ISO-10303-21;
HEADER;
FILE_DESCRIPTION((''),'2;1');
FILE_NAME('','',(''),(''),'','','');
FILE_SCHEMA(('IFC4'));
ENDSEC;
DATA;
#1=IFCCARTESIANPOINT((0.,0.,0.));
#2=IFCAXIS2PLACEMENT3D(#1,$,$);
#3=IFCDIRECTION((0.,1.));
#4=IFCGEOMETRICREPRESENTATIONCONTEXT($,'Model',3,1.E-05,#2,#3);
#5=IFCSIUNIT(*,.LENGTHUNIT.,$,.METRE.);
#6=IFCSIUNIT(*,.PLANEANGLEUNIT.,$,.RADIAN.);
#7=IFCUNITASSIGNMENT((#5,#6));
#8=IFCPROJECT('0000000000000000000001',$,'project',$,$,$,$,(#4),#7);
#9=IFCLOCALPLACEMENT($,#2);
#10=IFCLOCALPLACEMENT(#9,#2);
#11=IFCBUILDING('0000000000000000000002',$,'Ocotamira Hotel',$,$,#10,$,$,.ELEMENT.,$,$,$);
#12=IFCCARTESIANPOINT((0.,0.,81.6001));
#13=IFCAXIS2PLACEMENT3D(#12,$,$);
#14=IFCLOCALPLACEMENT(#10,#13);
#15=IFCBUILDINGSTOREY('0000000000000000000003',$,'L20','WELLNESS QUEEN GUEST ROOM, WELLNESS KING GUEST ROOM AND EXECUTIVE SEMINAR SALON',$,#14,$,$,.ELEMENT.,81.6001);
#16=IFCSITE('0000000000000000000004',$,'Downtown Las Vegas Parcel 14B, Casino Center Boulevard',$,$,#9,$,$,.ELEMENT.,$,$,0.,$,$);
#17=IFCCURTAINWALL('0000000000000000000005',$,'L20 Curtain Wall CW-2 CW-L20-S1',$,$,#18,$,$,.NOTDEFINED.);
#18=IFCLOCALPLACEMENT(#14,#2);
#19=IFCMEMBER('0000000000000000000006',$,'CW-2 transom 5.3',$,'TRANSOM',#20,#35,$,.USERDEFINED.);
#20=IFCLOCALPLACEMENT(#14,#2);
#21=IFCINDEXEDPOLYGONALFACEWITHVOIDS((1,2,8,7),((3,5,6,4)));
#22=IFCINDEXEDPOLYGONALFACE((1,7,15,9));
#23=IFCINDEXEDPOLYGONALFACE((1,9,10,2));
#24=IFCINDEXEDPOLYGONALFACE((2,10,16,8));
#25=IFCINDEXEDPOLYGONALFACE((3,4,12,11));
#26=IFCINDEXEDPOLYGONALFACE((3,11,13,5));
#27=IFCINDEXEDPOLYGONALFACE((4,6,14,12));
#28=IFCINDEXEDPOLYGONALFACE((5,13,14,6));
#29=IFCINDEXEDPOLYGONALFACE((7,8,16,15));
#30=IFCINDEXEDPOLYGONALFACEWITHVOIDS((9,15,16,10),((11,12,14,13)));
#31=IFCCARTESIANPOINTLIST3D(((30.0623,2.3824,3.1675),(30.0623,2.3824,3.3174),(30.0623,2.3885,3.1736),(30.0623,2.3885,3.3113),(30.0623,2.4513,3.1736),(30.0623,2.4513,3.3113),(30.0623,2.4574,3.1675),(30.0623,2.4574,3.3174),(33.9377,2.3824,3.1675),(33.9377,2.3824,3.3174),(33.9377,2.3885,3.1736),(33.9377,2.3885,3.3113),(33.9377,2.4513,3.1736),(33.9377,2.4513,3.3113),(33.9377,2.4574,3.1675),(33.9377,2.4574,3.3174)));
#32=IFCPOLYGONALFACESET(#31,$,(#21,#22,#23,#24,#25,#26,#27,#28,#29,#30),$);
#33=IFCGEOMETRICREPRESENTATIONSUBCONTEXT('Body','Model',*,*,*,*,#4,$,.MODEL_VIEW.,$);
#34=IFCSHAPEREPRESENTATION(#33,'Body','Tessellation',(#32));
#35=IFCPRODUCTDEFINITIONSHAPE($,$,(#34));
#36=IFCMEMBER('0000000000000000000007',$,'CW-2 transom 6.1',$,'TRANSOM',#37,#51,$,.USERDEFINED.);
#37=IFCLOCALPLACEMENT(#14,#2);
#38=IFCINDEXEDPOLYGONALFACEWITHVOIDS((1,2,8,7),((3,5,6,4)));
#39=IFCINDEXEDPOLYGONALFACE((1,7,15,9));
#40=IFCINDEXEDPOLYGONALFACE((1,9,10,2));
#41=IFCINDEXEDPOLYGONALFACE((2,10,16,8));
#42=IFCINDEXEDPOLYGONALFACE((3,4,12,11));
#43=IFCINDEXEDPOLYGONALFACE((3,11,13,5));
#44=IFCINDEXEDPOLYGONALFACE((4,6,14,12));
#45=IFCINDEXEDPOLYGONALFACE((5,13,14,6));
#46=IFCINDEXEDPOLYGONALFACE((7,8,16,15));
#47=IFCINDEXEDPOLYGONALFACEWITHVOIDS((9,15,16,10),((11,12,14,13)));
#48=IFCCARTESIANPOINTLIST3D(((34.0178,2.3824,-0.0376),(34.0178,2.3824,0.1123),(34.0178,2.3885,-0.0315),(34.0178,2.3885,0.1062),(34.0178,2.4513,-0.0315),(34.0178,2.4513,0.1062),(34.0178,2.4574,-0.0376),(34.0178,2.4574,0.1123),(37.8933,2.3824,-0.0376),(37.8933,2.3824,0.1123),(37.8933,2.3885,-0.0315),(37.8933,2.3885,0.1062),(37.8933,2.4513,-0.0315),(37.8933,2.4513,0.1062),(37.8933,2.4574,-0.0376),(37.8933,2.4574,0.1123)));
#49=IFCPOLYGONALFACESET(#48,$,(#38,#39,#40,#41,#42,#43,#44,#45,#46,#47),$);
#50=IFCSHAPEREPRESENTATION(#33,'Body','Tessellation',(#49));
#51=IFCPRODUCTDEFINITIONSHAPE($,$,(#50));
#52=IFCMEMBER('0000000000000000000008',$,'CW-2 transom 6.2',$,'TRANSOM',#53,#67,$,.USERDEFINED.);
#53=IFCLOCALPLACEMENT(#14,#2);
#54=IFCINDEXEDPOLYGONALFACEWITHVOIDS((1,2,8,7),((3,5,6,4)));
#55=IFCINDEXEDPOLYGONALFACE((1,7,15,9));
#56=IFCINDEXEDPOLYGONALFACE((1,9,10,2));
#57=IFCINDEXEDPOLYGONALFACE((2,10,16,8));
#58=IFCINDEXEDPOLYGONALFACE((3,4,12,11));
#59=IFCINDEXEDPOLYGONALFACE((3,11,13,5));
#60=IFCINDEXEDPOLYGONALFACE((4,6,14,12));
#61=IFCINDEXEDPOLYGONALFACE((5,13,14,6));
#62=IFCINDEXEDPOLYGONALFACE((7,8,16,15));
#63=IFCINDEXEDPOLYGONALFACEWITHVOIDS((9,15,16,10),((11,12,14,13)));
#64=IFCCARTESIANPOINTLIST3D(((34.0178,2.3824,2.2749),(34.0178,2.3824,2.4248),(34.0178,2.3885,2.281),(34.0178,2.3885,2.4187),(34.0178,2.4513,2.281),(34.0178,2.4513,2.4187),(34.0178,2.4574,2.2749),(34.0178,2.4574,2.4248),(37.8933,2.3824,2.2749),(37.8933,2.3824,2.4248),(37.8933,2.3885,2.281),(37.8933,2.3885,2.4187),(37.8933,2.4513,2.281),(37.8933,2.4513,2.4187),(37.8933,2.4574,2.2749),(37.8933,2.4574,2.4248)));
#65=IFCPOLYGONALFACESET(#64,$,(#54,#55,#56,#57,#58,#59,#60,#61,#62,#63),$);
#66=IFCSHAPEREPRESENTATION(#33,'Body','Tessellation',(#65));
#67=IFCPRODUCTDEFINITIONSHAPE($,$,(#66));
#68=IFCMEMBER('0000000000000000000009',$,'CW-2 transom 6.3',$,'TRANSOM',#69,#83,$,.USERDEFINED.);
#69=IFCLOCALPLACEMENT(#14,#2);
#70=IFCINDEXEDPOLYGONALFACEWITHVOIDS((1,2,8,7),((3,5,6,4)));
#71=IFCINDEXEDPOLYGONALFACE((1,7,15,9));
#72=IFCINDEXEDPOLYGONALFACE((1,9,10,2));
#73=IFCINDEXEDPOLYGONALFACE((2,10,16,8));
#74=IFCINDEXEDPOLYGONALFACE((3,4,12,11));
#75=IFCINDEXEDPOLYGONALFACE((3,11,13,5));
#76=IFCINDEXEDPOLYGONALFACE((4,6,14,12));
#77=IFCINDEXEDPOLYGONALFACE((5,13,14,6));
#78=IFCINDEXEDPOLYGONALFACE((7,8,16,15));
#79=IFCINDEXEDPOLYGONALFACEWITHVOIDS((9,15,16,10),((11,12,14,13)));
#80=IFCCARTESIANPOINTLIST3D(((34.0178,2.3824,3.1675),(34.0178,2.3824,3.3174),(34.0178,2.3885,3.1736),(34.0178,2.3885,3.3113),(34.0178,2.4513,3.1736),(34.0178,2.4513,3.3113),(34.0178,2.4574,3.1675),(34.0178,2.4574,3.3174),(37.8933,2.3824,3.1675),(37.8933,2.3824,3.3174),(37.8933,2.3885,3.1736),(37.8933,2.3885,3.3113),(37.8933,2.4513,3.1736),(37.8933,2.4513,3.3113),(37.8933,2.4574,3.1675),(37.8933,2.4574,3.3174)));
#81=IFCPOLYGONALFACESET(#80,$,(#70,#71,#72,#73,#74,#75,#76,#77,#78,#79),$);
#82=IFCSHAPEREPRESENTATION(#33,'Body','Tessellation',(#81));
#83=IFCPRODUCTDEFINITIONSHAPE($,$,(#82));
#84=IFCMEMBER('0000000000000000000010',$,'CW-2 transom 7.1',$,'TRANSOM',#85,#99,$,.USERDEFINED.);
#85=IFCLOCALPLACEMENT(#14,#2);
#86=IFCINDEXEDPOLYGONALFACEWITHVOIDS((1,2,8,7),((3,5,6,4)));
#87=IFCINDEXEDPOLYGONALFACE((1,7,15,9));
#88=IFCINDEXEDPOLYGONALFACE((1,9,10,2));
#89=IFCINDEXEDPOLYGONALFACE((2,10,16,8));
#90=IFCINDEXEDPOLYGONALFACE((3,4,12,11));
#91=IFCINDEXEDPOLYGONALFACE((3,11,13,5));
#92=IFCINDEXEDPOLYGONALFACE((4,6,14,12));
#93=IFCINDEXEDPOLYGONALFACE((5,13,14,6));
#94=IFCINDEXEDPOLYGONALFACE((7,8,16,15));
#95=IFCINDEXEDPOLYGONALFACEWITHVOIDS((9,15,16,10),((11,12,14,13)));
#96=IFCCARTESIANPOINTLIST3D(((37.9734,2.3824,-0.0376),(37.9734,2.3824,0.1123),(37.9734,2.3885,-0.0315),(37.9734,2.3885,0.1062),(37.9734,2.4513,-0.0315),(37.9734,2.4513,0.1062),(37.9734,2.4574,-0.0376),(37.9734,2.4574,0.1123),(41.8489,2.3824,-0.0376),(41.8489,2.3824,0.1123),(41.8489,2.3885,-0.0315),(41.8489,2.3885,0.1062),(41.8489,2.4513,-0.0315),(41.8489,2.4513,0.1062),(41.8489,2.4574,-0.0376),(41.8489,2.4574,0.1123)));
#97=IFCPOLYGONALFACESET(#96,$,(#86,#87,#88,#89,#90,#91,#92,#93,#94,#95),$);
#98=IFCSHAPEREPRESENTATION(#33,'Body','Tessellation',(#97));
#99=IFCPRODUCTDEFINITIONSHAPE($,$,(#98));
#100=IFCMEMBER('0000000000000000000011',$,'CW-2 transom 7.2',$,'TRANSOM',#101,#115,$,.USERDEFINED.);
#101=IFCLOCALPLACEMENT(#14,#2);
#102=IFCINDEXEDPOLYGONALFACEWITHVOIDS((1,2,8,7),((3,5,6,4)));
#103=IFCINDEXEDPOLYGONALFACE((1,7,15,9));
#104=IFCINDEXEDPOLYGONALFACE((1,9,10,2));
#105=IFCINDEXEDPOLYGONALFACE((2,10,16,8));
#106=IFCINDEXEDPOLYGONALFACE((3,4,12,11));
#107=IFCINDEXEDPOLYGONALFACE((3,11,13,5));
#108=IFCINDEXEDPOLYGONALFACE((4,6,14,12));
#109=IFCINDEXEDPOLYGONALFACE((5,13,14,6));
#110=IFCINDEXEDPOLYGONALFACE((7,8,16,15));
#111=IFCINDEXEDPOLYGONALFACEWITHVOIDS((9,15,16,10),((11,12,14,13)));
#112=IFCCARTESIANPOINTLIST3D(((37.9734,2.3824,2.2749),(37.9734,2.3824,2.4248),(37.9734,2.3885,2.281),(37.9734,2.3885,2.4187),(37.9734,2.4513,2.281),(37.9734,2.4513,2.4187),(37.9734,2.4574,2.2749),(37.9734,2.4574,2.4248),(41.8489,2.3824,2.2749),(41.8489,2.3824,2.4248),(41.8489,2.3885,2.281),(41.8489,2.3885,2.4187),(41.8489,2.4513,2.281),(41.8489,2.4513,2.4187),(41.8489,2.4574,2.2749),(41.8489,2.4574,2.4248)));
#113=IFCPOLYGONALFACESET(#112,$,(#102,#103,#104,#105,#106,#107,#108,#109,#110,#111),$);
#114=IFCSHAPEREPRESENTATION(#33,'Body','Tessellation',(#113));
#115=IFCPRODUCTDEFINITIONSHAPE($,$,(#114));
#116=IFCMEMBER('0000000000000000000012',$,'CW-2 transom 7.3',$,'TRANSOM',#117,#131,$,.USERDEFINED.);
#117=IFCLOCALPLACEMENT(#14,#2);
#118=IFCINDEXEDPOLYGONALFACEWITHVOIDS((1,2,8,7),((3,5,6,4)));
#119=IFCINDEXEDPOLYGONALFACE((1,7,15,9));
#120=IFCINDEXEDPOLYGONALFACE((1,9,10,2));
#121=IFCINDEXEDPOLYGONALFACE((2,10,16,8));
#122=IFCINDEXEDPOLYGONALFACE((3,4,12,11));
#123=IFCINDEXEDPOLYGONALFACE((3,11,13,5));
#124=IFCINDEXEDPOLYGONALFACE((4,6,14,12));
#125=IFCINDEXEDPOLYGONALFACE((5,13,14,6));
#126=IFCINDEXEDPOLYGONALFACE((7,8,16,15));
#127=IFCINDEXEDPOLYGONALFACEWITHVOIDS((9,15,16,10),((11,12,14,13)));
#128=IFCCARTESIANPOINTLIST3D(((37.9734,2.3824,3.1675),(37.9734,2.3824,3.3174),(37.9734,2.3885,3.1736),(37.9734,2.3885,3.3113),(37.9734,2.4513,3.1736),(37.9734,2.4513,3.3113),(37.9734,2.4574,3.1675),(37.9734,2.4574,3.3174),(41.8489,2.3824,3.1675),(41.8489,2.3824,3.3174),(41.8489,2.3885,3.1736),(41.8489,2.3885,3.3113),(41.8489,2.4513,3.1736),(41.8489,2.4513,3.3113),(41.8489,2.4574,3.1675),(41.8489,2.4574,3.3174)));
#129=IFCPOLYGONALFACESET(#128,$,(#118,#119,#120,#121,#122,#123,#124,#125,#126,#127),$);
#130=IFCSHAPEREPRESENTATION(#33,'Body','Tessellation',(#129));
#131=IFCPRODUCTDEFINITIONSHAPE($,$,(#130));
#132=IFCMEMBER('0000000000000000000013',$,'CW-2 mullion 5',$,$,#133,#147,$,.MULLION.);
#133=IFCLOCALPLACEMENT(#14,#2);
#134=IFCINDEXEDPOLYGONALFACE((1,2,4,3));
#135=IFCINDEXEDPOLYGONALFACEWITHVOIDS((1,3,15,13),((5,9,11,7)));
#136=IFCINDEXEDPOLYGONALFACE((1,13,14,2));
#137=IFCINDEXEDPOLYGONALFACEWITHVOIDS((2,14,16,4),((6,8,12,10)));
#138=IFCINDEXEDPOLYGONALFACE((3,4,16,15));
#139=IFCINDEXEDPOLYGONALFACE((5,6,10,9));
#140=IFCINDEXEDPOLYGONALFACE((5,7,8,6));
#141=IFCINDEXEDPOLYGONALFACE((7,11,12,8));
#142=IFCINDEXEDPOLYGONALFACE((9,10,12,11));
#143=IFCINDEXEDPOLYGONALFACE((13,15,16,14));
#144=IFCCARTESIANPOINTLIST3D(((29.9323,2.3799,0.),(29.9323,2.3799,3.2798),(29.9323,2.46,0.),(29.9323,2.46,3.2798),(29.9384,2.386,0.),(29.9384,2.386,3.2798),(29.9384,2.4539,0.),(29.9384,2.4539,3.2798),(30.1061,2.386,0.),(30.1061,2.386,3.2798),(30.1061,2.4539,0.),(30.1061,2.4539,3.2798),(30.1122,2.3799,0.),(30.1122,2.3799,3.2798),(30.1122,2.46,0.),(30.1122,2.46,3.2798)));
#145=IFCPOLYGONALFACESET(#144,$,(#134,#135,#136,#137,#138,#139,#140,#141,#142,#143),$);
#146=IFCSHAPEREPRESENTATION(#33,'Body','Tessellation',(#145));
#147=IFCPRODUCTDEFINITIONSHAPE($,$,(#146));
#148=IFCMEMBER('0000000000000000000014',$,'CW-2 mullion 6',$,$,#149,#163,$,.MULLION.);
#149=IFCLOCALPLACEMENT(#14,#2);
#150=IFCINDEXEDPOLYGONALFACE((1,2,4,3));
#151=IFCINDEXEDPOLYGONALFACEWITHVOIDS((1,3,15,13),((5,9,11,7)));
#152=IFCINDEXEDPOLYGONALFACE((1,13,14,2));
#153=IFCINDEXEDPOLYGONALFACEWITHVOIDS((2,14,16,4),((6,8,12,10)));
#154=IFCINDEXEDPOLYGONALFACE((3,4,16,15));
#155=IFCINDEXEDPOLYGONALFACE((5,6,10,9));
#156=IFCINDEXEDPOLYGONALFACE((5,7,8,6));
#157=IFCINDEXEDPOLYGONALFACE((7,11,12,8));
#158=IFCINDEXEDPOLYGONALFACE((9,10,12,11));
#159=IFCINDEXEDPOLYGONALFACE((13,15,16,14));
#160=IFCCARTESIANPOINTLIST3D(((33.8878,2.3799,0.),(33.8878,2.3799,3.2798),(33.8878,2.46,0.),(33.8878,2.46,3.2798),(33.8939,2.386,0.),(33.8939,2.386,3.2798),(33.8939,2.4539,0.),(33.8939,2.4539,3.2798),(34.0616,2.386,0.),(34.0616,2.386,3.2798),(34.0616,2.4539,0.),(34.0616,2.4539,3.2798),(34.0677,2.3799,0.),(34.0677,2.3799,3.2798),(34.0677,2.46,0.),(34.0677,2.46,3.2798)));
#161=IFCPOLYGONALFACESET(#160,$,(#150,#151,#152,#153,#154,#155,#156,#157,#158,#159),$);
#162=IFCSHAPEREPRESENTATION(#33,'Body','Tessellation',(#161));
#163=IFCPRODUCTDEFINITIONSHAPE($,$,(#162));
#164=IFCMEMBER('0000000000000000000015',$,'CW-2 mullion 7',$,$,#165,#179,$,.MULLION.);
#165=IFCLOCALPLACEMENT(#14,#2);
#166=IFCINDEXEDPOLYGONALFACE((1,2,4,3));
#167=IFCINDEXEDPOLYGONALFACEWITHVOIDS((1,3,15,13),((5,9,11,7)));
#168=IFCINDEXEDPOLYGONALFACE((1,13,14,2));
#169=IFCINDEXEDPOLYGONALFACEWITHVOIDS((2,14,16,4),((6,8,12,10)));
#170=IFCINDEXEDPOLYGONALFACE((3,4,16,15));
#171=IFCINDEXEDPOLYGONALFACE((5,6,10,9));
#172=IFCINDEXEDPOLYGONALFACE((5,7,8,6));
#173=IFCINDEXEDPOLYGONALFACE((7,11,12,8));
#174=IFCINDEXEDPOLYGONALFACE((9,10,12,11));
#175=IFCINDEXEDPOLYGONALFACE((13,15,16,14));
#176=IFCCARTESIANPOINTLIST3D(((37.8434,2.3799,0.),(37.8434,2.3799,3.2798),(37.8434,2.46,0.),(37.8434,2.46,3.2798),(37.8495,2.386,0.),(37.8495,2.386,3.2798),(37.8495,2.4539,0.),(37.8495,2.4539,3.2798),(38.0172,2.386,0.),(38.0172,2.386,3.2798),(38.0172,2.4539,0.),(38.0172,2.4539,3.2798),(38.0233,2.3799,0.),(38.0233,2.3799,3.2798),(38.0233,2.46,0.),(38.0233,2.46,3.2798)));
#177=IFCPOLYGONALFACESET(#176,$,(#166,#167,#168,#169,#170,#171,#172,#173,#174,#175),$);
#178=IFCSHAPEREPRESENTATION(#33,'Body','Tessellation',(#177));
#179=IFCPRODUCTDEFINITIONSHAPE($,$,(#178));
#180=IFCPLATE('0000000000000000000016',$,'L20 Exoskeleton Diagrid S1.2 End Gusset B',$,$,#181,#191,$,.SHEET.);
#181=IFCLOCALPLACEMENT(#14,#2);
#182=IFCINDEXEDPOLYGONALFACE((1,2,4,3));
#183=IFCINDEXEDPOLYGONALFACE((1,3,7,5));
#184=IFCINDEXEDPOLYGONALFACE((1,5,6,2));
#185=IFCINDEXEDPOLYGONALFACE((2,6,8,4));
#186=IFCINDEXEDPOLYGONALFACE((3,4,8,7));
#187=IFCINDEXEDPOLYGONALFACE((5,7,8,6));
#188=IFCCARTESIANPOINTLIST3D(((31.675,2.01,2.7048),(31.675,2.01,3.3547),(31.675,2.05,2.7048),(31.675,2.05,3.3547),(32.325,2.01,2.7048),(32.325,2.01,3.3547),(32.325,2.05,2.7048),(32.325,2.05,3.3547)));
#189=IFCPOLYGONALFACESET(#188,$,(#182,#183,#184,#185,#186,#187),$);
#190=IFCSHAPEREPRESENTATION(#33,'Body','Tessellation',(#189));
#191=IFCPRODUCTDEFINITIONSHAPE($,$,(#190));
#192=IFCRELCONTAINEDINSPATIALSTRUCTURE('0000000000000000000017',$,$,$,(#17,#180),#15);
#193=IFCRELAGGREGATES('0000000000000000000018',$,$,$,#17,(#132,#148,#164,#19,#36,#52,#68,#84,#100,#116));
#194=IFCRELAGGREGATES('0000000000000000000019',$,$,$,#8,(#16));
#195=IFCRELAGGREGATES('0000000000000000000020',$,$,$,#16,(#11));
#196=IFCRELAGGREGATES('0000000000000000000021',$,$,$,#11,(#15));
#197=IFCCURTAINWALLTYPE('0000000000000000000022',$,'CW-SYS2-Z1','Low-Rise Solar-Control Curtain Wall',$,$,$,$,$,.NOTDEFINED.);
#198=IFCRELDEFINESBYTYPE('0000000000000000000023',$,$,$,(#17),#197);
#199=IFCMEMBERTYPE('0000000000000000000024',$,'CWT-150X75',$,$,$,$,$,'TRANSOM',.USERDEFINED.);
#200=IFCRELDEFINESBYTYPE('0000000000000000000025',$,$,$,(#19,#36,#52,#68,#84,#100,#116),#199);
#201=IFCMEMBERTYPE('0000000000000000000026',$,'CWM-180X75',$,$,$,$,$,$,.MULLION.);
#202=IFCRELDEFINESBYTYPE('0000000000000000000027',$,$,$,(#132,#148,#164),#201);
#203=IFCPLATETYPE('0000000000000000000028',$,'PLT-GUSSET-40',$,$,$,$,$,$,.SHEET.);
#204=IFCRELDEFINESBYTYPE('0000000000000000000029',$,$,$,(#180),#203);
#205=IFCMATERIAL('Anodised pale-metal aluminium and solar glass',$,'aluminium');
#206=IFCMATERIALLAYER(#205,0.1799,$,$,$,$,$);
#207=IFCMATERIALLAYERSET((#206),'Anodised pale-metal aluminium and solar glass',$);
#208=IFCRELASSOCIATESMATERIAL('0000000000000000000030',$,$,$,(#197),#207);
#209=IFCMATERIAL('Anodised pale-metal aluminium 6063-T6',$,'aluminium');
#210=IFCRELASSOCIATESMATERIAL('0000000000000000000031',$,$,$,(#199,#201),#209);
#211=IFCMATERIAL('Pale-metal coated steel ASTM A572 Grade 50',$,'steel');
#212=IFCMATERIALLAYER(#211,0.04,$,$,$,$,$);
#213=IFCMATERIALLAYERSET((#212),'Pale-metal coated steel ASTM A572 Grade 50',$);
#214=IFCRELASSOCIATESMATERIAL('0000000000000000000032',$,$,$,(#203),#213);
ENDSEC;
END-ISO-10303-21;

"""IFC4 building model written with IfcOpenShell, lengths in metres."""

from ifc_helpers import new_model, si_unit, direction, frame, origin, origin_2d, place, context, subcontext, project, spatial, rectangle, hollow_rectangle, extrude, source, transform, mapped, material, layer, layer_set, material_profile, profile_set, type_object, element, aggregate, save


model = new_model("IFC4")

# Units and contexts
model_context = context("Model", 3, precision=1e-05, world=origin(), true_north=direction((0.0, 1.0)))
body_context = subcontext(model_context, "Body", "Model", "MODEL_VIEW")
ifc_project = project(units=[si_unit("LENGTHUNIT", "METRE"), si_unit("PLANEANGLEUNIT", "RADIAN")], contexts=[model_context])

# Site, building, storey
site_placement = place(None, origin())
site = spatial("IfcSite", under=ifc_project, at=site_placement, Name="Downtown Las Vegas Parcel 14B, Casino Center Boulevard", CompositionType="ELEMENT", RefElevation=0.0)
building_placement = place(site_placement, origin())
building = spatial("IfcBuilding", under=site, at=building_placement, Name="Ocotamira Hotel", CompositionType="ELEMENT")
storey_placement = place(building_placement, frame((0.0, 0.0, 81.6001)))
storey = spatial("IfcBuildingStorey", under=building, at=storey_placement, Name="L20", Description="WELLNESS QUEEN GUEST ROOM, WELLNESS KING GUEST ROOM AND EXECUTIVE SEMINAR SALON", CompositionType="ELEMENT", Elevation=81.6001)

# Curtain wall, members
ifc_material_1 = material(Name="Anodised pale-metal aluminium and solar glass", Category="aluminium")
ifc_layer_1 = layer(ifc_material_1, 0.1799)
ifc_layer_set_1 = layer_set([ifc_layer_1], Name="Anodised pale-metal aluminium and solar glass")
curtain_wall_type = type_object("IfcCurtainWallType", Name="CW-SYS2-Z1", Description="Low-Rise Solar-Control Curtain Wall", PredefinedType="NOTDEFINED", material=ifc_layer_set_1)
curtain_wall_placement = place(storey_placement, origin())
curtain_wall = element("IfcCurtainWall", 1, at=curtain_wall_placement, inside=storey, type_object=curtain_wall_type, Name="L20 Curtain Wall CW-2 CW-L20-S1", PredefinedType="NOTDEFINED")
ifc_material_2 = material(Name="Anodised pale-metal aluminium 6063-T6", Category="aluminium")
ifc_material_profile_1 = material_profile(ifc_material_2, hollow_rectangle(XDim=0.075, YDim=0.1499, WallThickness=0.0061, at=origin_2d()), Name="HSS150X75X6")
ifc_profile_set_1 = profile_set([ifc_material_profile_1], Name="Anodised pale-metal aluminium 6063-T6")
member_type_1 = type_object("IfcMemberType", Name="CWT-150X75", ElementType="TRANSOM", PredefinedType="USERDEFINED", material=ifc_profile_set_1)
shared_shape_1 = source(origin(), body_context, "Body", "SweptSolid", [
    extrude(hollow_rectangle(XDim=0.075, YDim=0.1499, WallThickness=0.0061, at=origin_2d()), origin(), (0.0, 0.0, 1.0), 3.8755),
])
member_1_placement = place(storey_placement, frame((30.0623, 2.4199, 3.2424), z_axis=(1.0, 0.0, 0.0), x_axis=(0.0, 1.0, 0.0)))
member_1 = element("IfcMember", 2, at=member_1_placement, type_object=member_type_1, Name="CW-2 transom 5.3", ObjectType="TRANSOM", PredefinedType="USERDEFINED", context=body_context, shape_type="MappedRepresentation", body=[
    mapped(shared_shape_1, transform((0.0, 0.0, 0.0), scale=1.0)),
])
member_2_placement = place(storey_placement, frame((34.0178, 2.4199, 0.0374), z_axis=(1.0, 0.0, 0.0), x_axis=(0.0, 1.0, 0.0)))
member_2 = element("IfcMember", 3, at=member_2_placement, type_object=member_type_1, Name="CW-2 transom 6.1", ObjectType="TRANSOM", PredefinedType="USERDEFINED", context=body_context, shape_type="MappedRepresentation", body=[
    mapped(shared_shape_1, transform((0.0, 0.0, 0.0), scale=1.0)),
])
member_3_placement = place(storey_placement, frame((34.0178, 2.4199, 2.3499), z_axis=(1.0, 0.0, 0.0), x_axis=(0.0, 1.0, 0.0)))
member_3 = element("IfcMember", 4, at=member_3_placement, type_object=member_type_1, Name="CW-2 transom 6.2", ObjectType="TRANSOM", PredefinedType="USERDEFINED", context=body_context, shape_type="MappedRepresentation", body=[
    mapped(shared_shape_1, transform((0.0, 0.0, 0.0), scale=1.0)),
])
member_4_placement = place(storey_placement, frame((34.0178, 2.4199, 3.2424), z_axis=(1.0, 0.0, 0.0), x_axis=(0.0, 1.0, 0.0)))
member_4 = element("IfcMember", 5, at=member_4_placement, type_object=member_type_1, Name="CW-2 transom 6.3", ObjectType="TRANSOM", PredefinedType="USERDEFINED", context=body_context, shape_type="MappedRepresentation", body=[
    mapped(shared_shape_1, transform((0.0, 0.0, 0.0), scale=1.0)),
])
member_5_placement = place(storey_placement, frame((37.9734, 2.4199, 0.0374), z_axis=(1.0, 0.0, 0.0), x_axis=(0.0, 1.0, 0.0)))
member_5 = element("IfcMember", 6, at=member_5_placement, type_object=member_type_1, Name="CW-2 transom 7.1", ObjectType="TRANSOM", PredefinedType="USERDEFINED", context=body_context, shape_type="MappedRepresentation", body=[
    mapped(shared_shape_1, transform((0.0, 0.0, 0.0), scale=1.0)),
])
member_6_placement = place(storey_placement, frame((37.9734, 2.4199, 2.3499), z_axis=(1.0, 0.0, 0.0), x_axis=(0.0, 1.0, 0.0)))
member_6 = element("IfcMember", 7, at=member_6_placement, type_object=member_type_1, Name="CW-2 transom 7.2", ObjectType="TRANSOM", PredefinedType="USERDEFINED", context=body_context, shape_type="MappedRepresentation", body=[
    mapped(shared_shape_1, transform((0.0, 0.0, 0.0), scale=1.0)),
])
member_7_placement = place(storey_placement, frame((37.9734, 2.4199, 3.2424), z_axis=(1.0, 0.0, 0.0), x_axis=(0.0, 1.0, 0.0)))
member_7 = element("IfcMember", 8, at=member_7_placement, type_object=member_type_1, Name="CW-2 transom 7.3", ObjectType="TRANSOM", PredefinedType="USERDEFINED", context=body_context, shape_type="MappedRepresentation", body=[
    mapped(shared_shape_1, transform((0.0, 0.0, 0.0), scale=1.0)),
])
ifc_material_profile_2 = material_profile(ifc_material_2, hollow_rectangle(XDim=0.0801, YDim=0.1799, WallThickness=0.0061, at=origin_2d()), Name="HSS180X80X6")
ifc_profile_set_2 = profile_set([ifc_material_profile_2], Name="Anodised pale-metal aluminium 6063-T6")
member_type_2 = type_object("IfcMemberType", Name="CWM-180X75", PredefinedType="MULLION", material=ifc_profile_set_2)
shared_shape_2 = source(origin(), body_context, "Body", "SweptSolid", [
    extrude(hollow_rectangle(XDim=0.0801, YDim=0.1799, WallThickness=0.0061, at=origin_2d()), origin(), (0.0, 0.0, 1.0), 3.2798),
])
member_8_placement = place(storey_placement, frame((30.0222, 2.4199, 0.0), z_axis=(0.0, 0.0, 1.0), x_axis=(0.0, 1.0, 0.0)))
member_8 = element("IfcMember", 9, at=member_8_placement, type_object=member_type_2, Name="CW-2 mullion 5", PredefinedType="MULLION", context=body_context, shape_type="MappedRepresentation", body=[
    mapped(shared_shape_2, transform((0.0, 0.0, 0.0), scale=1.0)),
])
member_9_placement = place(storey_placement, frame((33.9778, 2.4199, 0.0), z_axis=(0.0, 0.0, 1.0), x_axis=(0.0, 1.0, 0.0)))
member_9 = element("IfcMember", 10, at=member_9_placement, type_object=member_type_2, Name="CW-2 mullion 6", PredefinedType="MULLION", context=body_context, shape_type="MappedRepresentation", body=[
    mapped(shared_shape_2, transform((0.0, 0.0, 0.0), scale=1.0)),
])
member_10_placement = place(storey_placement, frame((37.9333, 2.4199, 0.0), z_axis=(0.0, 0.0, 1.0), x_axis=(0.0, 1.0, 0.0)))
member_10 = element("IfcMember", 11, at=member_10_placement, type_object=member_type_2, Name="CW-2 mullion 7", PredefinedType="MULLION", context=body_context, shape_type="MappedRepresentation", body=[
    mapped(shared_shape_2, transform((0.0, 0.0, 0.0), scale=1.0)),
])

# Plate
ifc_material_3 = material(Name="Pale-metal coated steel ASTM A572 Grade 50", Category="steel")
ifc_layer_2 = layer(ifc_material_3, 0.04)
ifc_layer_set_2 = layer_set([ifc_layer_2], Name="Pale-metal coated steel ASTM A572 Grade 50")
plate_type_1 = type_object("IfcPlateType", Name="PLT-GUSSET-40", PredefinedType="SHEET", material=ifc_layer_set_2)
shared_shape_3 = source(origin(), body_context, "Body", "SweptSolid", [
    extrude(rectangle(XDim=0.6499, YDim=0.04, at=origin_2d()), origin(), (0.0, 0.0, 1.0), 0.6499),
])
for number, where, z_axis, x_axis, name in (
    (12, (32.0, 2.03, 2.7048), (0.0, 0.0, 1.0), (1.0, 0.0, 0.0), "L20 Exoskeleton Diagrid S1.2 End Gusset B"),
):
    element("IfcPlate", number, at=place(storey_placement, frame(where, z_axis=z_axis, x_axis=x_axis)), inside=storey, type_object=plate_type_1, Name=name, PredefinedType="SHEET", context=body_context, shape_type="MappedRepresentation", body=[
        mapped(shared_shape_3, transform((0.0, 0.0, 0.0), scale=1.0)),
    ])

aggregate(curtain_wall, [member_8, member_9, member_10, member_1, member_2, member_3, member_4, member_5, member_6, member_7])

save(model, "model.ifc")
